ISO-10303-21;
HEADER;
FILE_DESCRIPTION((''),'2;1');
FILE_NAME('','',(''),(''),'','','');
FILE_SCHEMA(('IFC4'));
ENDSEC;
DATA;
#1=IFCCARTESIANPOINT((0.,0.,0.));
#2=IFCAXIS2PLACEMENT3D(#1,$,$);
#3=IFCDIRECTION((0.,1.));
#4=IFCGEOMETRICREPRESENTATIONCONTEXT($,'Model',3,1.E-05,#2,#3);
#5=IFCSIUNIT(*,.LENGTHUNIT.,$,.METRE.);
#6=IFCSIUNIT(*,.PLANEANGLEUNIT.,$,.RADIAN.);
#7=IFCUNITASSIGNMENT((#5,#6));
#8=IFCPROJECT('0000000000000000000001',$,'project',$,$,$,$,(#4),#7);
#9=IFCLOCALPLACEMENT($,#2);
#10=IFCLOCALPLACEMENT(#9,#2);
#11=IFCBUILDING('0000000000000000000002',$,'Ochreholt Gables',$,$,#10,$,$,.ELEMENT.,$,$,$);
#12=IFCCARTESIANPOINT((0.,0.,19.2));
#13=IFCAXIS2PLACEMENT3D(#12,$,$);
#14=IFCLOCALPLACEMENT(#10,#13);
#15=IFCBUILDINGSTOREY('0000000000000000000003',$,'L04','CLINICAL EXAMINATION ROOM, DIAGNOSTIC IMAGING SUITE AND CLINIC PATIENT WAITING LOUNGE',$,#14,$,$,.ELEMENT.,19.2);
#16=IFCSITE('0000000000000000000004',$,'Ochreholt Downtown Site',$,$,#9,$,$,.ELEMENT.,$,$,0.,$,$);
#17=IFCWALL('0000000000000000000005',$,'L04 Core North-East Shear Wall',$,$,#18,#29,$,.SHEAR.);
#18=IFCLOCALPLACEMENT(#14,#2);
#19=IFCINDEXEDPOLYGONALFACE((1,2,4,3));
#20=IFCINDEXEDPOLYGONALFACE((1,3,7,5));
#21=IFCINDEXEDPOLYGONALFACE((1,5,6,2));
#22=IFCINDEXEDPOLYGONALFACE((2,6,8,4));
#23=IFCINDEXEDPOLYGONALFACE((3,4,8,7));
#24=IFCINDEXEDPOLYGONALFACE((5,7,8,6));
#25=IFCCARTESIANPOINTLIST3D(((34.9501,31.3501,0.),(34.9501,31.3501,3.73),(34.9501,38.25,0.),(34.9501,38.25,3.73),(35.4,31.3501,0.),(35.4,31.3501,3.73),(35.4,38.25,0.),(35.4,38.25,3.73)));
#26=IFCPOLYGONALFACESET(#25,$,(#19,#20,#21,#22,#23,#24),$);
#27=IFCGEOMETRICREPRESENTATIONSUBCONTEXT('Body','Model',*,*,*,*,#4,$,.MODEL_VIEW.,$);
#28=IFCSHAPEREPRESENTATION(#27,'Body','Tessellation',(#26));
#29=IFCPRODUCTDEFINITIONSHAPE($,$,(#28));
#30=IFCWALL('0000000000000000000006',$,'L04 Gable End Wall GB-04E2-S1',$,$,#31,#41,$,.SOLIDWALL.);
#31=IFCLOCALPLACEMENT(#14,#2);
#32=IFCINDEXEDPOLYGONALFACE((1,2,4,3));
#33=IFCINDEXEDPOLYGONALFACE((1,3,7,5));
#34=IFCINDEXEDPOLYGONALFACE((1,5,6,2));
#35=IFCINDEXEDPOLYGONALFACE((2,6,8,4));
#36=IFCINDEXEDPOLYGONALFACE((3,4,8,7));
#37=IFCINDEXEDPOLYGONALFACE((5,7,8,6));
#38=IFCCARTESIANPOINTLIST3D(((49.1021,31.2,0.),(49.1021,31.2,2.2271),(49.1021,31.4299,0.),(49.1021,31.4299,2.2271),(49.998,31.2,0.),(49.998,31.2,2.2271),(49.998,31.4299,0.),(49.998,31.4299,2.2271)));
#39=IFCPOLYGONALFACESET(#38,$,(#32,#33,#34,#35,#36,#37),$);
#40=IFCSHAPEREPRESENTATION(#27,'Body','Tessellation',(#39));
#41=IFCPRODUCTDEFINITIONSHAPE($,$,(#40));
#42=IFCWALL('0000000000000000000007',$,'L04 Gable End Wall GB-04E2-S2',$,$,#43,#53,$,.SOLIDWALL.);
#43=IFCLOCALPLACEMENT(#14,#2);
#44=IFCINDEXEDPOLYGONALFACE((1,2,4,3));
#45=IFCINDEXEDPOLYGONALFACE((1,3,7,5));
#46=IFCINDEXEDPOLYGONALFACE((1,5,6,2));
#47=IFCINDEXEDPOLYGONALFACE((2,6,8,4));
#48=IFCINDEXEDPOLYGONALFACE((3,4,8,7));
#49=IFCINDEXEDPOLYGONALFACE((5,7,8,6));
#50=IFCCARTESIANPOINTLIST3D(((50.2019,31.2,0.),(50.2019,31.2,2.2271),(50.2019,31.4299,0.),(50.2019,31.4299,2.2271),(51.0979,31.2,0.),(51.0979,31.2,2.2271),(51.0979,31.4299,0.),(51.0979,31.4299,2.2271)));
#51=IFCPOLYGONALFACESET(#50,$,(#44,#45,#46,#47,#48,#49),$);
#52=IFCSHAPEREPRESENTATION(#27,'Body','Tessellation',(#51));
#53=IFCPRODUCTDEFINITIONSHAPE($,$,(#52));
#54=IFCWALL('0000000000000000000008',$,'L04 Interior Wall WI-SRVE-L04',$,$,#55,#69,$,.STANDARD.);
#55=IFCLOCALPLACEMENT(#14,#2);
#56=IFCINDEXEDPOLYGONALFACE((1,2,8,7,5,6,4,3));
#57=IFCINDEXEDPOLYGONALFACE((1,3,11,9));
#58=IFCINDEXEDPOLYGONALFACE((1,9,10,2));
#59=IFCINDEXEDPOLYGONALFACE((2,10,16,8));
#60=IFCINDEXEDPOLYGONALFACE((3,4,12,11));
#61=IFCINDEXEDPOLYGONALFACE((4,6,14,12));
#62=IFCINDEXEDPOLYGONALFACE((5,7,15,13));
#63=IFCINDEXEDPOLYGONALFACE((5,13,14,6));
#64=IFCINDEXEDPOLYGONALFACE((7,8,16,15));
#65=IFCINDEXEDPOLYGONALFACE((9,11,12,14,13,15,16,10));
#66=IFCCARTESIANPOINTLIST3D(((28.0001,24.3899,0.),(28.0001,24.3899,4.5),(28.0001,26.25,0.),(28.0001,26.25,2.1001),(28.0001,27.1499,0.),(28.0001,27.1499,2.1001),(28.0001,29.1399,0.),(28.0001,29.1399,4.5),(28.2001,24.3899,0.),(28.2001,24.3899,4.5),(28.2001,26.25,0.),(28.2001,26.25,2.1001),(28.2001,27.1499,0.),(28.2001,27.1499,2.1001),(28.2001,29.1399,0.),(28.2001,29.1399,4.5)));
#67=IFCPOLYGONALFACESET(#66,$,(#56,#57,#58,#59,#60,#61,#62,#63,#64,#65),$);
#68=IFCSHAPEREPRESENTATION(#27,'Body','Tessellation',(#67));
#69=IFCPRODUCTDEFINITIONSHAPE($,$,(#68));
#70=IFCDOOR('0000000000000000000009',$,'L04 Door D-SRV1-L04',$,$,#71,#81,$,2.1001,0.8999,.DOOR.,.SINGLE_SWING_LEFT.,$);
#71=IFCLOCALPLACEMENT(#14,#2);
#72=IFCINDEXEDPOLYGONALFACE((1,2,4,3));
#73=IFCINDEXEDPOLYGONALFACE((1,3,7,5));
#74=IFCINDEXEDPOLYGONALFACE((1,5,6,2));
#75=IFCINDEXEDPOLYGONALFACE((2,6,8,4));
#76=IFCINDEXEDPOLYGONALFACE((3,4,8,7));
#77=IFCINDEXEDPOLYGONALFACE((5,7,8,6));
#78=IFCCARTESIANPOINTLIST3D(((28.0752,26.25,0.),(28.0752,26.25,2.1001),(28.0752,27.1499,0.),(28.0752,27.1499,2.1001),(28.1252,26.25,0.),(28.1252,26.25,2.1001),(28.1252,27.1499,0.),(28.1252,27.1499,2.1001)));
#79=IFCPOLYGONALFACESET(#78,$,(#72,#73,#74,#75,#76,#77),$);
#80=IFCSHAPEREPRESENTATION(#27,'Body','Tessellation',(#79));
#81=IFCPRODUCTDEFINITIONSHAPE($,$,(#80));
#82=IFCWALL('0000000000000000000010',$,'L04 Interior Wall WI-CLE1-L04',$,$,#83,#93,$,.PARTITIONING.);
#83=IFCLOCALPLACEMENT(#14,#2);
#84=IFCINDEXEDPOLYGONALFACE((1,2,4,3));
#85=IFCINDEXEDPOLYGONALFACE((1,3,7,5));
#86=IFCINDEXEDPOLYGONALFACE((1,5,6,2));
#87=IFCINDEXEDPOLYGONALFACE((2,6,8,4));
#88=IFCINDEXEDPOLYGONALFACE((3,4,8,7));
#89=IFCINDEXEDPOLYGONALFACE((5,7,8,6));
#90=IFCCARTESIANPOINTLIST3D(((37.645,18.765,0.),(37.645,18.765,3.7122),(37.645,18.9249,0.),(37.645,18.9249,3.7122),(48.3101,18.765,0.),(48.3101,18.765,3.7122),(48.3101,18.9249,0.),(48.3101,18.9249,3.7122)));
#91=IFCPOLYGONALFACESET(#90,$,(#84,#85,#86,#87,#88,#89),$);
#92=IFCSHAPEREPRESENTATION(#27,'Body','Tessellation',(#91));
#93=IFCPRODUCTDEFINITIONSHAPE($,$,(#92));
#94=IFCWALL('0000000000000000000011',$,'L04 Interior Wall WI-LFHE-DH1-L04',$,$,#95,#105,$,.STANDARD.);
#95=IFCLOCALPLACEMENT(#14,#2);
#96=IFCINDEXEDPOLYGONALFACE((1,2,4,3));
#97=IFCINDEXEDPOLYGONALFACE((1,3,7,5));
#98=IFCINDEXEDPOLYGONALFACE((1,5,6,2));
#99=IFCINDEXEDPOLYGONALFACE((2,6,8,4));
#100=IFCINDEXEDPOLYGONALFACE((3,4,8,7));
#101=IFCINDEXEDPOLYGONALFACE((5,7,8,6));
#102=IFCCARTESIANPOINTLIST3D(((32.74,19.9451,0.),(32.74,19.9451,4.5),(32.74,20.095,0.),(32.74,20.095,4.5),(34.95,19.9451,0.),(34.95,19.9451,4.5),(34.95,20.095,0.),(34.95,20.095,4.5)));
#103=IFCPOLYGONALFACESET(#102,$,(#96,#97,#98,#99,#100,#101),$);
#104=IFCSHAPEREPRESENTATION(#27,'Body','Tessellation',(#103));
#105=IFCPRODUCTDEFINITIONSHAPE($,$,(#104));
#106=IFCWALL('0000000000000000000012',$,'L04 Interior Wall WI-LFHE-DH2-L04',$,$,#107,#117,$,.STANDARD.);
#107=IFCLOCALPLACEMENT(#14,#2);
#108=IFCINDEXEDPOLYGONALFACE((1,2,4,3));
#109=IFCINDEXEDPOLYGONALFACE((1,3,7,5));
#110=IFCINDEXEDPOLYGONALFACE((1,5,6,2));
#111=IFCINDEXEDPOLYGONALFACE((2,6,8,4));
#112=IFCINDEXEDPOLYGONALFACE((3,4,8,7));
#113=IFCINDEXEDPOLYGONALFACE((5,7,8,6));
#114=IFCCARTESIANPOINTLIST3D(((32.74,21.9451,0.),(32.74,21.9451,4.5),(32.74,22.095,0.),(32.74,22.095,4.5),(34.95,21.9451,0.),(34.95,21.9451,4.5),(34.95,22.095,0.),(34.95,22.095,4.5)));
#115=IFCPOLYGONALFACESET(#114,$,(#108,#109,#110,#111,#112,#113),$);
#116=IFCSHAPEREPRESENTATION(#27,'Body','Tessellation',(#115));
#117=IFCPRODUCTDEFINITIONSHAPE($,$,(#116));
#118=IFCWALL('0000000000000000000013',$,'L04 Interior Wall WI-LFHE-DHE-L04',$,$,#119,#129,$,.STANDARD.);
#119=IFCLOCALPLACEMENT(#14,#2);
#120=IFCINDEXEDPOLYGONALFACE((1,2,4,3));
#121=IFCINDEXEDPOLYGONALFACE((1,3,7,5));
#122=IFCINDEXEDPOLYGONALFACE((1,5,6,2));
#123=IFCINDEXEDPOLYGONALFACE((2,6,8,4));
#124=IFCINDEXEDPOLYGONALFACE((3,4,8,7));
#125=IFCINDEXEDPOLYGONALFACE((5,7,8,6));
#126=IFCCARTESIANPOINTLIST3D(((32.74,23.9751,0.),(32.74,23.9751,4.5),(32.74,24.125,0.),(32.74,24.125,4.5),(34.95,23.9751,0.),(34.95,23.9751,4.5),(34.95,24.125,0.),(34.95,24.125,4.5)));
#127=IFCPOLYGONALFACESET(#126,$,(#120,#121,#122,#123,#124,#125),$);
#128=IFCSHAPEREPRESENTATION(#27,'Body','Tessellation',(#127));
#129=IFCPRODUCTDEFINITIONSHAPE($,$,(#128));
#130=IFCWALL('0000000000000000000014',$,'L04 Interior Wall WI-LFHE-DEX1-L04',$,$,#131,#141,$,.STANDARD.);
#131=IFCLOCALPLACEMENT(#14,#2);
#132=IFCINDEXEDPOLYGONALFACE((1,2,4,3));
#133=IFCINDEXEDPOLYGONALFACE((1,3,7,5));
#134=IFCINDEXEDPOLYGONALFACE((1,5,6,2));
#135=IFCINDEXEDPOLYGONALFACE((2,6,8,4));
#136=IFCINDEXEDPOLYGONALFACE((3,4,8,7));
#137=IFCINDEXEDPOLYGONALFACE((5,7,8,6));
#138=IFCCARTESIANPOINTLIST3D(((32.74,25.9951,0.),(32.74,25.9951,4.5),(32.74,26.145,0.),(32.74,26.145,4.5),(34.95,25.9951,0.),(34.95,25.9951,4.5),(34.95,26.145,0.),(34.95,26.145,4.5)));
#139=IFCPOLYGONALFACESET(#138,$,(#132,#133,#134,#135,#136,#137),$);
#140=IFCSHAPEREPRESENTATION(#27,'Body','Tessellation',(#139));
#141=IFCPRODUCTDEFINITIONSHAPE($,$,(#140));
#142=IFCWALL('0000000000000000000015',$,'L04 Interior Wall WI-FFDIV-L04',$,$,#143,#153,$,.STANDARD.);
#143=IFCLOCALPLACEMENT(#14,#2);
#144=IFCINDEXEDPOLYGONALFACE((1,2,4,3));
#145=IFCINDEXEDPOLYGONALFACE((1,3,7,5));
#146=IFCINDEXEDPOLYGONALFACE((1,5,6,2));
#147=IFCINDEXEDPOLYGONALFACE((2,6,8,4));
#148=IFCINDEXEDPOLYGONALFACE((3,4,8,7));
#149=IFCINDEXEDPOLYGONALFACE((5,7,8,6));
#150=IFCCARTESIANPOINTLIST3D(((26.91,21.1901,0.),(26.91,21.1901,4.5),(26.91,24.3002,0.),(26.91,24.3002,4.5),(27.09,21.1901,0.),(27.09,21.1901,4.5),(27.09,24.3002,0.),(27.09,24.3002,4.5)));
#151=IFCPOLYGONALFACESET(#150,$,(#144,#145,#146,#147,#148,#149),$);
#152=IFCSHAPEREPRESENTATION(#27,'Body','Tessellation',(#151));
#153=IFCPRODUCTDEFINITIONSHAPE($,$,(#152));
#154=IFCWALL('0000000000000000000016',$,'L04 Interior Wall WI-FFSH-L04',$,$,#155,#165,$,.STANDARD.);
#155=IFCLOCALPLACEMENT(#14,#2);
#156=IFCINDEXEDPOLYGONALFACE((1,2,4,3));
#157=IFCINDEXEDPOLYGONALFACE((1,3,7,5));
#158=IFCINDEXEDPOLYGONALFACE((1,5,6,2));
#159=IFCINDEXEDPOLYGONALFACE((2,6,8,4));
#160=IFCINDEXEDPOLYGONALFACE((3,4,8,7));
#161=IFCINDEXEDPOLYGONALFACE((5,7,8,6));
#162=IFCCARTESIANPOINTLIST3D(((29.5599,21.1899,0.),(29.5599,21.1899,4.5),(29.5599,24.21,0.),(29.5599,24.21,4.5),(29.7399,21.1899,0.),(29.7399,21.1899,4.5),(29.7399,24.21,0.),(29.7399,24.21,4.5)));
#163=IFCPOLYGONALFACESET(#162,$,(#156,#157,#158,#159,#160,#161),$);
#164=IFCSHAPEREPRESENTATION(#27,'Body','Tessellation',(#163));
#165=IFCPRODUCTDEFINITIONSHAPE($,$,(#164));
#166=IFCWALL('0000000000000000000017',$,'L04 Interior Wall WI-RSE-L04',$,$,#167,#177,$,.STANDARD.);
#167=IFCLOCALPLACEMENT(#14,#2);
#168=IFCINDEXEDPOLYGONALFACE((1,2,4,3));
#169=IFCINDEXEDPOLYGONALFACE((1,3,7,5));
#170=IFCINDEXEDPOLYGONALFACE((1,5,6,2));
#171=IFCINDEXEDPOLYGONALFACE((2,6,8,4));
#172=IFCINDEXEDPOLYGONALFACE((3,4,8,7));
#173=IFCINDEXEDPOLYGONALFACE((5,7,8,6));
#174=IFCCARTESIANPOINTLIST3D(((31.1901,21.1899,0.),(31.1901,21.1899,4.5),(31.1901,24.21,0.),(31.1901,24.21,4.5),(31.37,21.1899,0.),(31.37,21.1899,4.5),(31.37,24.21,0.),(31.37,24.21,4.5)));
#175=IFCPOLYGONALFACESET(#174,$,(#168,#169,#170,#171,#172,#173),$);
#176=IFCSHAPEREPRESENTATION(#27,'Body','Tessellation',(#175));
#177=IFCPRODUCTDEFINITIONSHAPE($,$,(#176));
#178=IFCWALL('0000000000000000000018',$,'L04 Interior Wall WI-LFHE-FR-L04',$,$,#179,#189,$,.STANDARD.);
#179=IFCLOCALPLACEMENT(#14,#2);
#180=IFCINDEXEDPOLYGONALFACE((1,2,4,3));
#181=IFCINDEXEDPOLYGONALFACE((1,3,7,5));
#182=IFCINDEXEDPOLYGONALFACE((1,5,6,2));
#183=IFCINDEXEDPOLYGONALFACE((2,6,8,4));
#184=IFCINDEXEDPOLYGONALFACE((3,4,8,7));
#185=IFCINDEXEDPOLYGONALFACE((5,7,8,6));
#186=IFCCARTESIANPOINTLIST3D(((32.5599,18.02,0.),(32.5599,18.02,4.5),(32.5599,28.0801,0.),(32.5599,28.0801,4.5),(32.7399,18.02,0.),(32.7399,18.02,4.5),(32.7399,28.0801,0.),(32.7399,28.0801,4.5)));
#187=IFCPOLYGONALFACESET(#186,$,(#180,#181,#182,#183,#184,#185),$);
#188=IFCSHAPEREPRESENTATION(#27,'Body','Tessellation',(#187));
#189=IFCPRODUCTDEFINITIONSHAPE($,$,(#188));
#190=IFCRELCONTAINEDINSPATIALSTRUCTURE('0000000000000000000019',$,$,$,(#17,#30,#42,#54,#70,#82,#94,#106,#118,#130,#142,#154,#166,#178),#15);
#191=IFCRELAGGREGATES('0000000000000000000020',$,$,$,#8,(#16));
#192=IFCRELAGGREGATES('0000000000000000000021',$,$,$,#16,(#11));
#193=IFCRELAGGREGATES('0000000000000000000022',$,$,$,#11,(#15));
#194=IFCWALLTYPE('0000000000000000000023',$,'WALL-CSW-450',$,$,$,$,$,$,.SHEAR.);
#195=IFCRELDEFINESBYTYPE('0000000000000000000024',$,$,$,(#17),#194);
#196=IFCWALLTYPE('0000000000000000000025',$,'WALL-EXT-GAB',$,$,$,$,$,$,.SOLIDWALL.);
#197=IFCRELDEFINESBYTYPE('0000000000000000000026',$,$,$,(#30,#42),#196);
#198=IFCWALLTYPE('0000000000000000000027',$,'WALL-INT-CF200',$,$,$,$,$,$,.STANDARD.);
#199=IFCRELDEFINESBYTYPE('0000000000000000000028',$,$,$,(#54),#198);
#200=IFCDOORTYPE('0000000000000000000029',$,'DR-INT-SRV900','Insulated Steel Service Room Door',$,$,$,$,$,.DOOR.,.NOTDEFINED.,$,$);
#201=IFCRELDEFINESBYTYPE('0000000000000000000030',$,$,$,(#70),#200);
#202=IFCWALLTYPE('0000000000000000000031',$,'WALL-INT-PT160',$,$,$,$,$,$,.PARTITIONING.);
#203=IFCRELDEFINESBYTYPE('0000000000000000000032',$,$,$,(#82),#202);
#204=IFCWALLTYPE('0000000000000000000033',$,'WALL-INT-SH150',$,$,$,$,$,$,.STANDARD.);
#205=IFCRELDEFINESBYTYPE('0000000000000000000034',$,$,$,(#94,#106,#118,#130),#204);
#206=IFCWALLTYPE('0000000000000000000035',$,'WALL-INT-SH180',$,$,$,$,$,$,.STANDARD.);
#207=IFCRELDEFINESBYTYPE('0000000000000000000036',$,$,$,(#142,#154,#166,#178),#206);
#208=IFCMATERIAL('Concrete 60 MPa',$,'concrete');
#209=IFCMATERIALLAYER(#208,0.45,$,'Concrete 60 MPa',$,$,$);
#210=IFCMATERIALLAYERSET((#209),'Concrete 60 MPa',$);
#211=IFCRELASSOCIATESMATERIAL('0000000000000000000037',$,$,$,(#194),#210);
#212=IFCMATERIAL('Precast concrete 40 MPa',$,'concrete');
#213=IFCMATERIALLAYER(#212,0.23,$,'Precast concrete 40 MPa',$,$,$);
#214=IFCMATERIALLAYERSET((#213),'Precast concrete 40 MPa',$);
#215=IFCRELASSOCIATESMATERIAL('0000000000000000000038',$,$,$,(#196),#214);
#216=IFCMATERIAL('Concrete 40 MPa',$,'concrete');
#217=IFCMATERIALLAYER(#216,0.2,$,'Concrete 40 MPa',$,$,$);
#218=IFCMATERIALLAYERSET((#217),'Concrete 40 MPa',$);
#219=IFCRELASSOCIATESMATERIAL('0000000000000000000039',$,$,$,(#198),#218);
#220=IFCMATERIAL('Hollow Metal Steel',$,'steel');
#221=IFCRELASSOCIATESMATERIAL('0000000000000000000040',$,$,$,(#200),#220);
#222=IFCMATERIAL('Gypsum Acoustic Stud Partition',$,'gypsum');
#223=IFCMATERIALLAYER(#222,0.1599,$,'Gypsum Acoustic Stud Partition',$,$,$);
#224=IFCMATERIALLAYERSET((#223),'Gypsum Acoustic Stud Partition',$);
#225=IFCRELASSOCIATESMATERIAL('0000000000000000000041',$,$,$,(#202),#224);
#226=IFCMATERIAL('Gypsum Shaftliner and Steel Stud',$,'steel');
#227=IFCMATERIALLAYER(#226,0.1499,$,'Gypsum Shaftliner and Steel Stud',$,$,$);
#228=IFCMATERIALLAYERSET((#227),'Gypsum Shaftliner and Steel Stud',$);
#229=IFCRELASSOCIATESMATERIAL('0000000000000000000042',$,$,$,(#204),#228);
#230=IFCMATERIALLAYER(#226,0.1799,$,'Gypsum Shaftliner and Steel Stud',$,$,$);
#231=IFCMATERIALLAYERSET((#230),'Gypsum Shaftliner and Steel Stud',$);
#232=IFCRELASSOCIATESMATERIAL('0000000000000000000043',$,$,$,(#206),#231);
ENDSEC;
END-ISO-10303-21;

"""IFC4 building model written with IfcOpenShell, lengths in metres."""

from ifc_helpers import new_model, si_unit, direction, frame, frame_2d, origin, place, context, subcontext, project, spatial, rectangle, extrude, material, layer, layer_set, type_object, element, fill, save


model = new_model("IFC4")

# Units and contexts
model_context = context("Model", 3, precision=1e-05, world=origin(), true_north=direction((0.0, 1.0)))
body_context = subcontext(model_context, "Body", "Model", "MODEL_VIEW")
ifc_project = project(units=[si_unit("LENGTHUNIT", "METRE"), si_unit("PLANEANGLEUNIT", "RADIAN")], contexts=[model_context])

# Site, building, storey
site_placement = place(None, origin())
site = spatial("IfcSite", under=ifc_project, at=site_placement, Name="Ochreholt Downtown Site", CompositionType="ELEMENT", RefElevation=0.0)
building_placement = place(site_placement, origin())
building = spatial("IfcBuilding", under=site, at=building_placement, Name="Ochreholt Gables", CompositionType="ELEMENT")
storey_placement = place(building_placement, frame((0.0, 0.0, 19.2)))
storey = spatial("IfcBuildingStorey", under=building, at=storey_placement, Name="L04", Description="CLINICAL EXAMINATION ROOM, DIAGNOSTIC IMAGING SUITE AND CLINIC PATIENT WAITING LOUNGE", CompositionType="ELEMENT", Elevation=19.2)

# Shared definitions
ifc_material_1 = material(Name="Concrete 60 MPa", Category="concrete")

# Shared definitions
ifc_material_2 = material(Name="Precast concrete 40 MPa", Category="concrete")

# Walls
ifc_layer_1 = layer(ifc_material_1, 0.45, Name="Concrete 60 MPa")
ifc_layer_set_1 = layer_set([ifc_layer_1], Name="Concrete 60 MPa")
wall_type_1 = type_object("IfcWallType", Name="WALL-CSW-450", PredefinedType="SHEAR", material=ifc_layer_set_1)
wall_1_placement = place(storey_placement, frame((35.175, 31.3501, 0.0), z_axis=(0.0, 0.0, 1.0), x_axis=(0.0, 1.0, 0.0)))
element("IfcWall", 1, at=wall_1_placement, inside=storey, type_object=wall_type_1, Name="L04 Core North-East Shear Wall", PredefinedType="SHEAR", context=body_context, shape_type="SweptSolid", body=[
    extrude(rectangle(XDim=6.8999, YDim=0.45, at=frame_2d((3.45, 0.0))), origin(), (0.0, 0.0, 1.0), 3.73),
])
ifc_layer_2 = layer(ifc_material_2, 0.23, Name="Precast concrete 40 MPa")
ifc_layer_set_2 = layer_set([ifc_layer_2], Name="Precast concrete 40 MPa")
wall_type_2 = type_object("IfcWallType", Name="WALL-EXT-GAB", PredefinedType="SOLIDWALL", material=ifc_layer_set_2)
for number, where, z_axis, x_axis, name in (
    (2, (49.1021, 31.3149, 0.0), (0.0, 0.0, 1.0), (1.0, 0.0, 0.0), "L04 Gable End Wall GB-04E2-S1"),
    (3, (50.2019, 31.3149, 0.0), (0.0, 0.0, 1.0), (1.0, 0.0, 0.0), "L04 Gable End Wall GB-04E2-S2"),
):
    element("IfcWall", number, at=place(storey_placement, frame(where, z_axis=z_axis, x_axis=x_axis)), inside=storey, type_object=wall_type_2, Name=name, PredefinedType="SOLIDWALL", context=body_context, shape_type="SweptSolid", body=[
        extrude(rectangle(XDim=0.896, YDim=0.23, at=frame_2d((0.448, 0.0))), origin(), (0.0, 0.0, 1.0), 2.2271),
    ])

# Wall, opening, door
ifc_material_3 = material(Name="Concrete 40 MPa", Category="concrete")
ifc_layer_3 = layer(ifc_material_3, 0.2, Name="Concrete 40 MPa")
ifc_layer_set_3 = layer_set([ifc_layer_3], Name="Concrete 40 MPa")
wall_type_3 = type_object("IfcWallType", Name="WALL-INT-CF200", PredefinedType="STANDARD", material=ifc_layer_set_3)
wall_2_placement = place(storey_placement, frame((28.1001, 24.3899, 0.0), z_axis=(0.0, 0.0, 1.0), x_axis=(0.0, 1.0, 0.0)))
wall_2 = element("IfcWall", 4, at=wall_2_placement, inside=storey, type_object=wall_type_3, Name="L04 Interior Wall WI-SRVE-L04", PredefinedType="STANDARD", context=body_context, shape_type="SweptSolid", body=[
    extrude(rectangle(XDim=4.75, YDim=0.2, at=frame_2d((2.375, 0.0))), origin(), (0.0, 0.0, 1.0), 4.5),
])
opening_placement = place(wall_2_placement, frame((1.8601, 0.0, 0.0)))
opening = element("IfcOpeningElement", 5, at=opening_placement, cuts=wall_2, PredefinedType="OPENING", context=body_context, shape_type="SweptSolid", body=[
    extrude(rectangle(XDim=0.8999, YDim=2.1001, at=frame_2d((0.45, 1.05))), frame((0.0, 0.1099, 0.0), z_axis=(0.0, -1.0, 0.0), x_axis=(1.0, 0.0, 0.0)), (0.0, 0.0, 1.0), 0.22),
])
ifc_material_4 = material(Name="Hollow Metal Steel", Category="steel")
door_type = type_object("IfcDoorType", Name="DR-INT-SRV900", Description="Insulated Steel Service Room Door", OperationType="NOTDEFINED", PredefinedType="DOOR", material=ifc_material_4)
door_placement = place(opening_placement, origin())
door = element("IfcDoor", 6, at=door_placement, inside=storey, type_object=door_type, Name="L04 Door D-SRV1-L04", OperationType="SINGLE_SWING_LEFT", OverallHeight=2.1001, OverallWidth=0.8999, PredefinedType="DOOR", context=body_context, shape_type="SweptSolid", body=[
    extrude(rectangle(XDim=0.8999, YDim=2.1001, at=frame_2d((0.45, 1.05))), frame((0.0, 0.0249, 0.0), z_axis=(0.0, -1.0, 0.0), x_axis=(1.0, 0.0, 0.0)), (0.0, 0.0, 1.0), 0.05),
])
fill(opening, door)

# Walls
ifc_material_5 = material(Name="Gypsum Acoustic Stud Partition", Category="gypsum")
ifc_layer_4 = layer(ifc_material_5, 0.1599, Name="Gypsum Acoustic Stud Partition")
ifc_layer_set_4 = layer_set([ifc_layer_4], Name="Gypsum Acoustic Stud Partition")
wall_type_4 = type_object("IfcWallType", Name="WALL-INT-PT160", PredefinedType="PARTITIONING", material=ifc_layer_set_4)
wall_3_placement = place(storey_placement, frame((37.645, 18.845, 0.0), z_axis=(0.0, 0.0, 1.0), x_axis=(1.0, 0.0, 0.0)))
element("IfcWall", 7, at=wall_3_placement, inside=storey, type_object=wall_type_4, Name="L04 Interior Wall WI-CLE1-L04", PredefinedType="PARTITIONING", context=body_context, shape_type="SweptSolid", body=[
    extrude(rectangle(XDim=10.665, YDim=0.1599, at=frame_2d((5.3325, 0.0))), origin(), (0.0, 0.0, 1.0), 3.7122),
])
ifc_material_6 = material(Name="Gypsum Shaftliner and Steel Stud", Category="steel")
ifc_layer_5 = layer(ifc_material_6, 0.1499, Name="Gypsum Shaftliner and Steel Stud")
ifc_layer_set_5 = layer_set([ifc_layer_5], Name="Gypsum Shaftliner and Steel Stud")
wall_type_5 = type_object("IfcWallType", Name="WALL-INT-SH150", PredefinedType="STANDARD", material=ifc_layer_set_5)
for number, where, z_axis, x_axis, name in (
    (8, (32.74, 20.02, 0.0), (0.0, 0.0, 1.0), (1.0, 0.0, 0.0), "L04 Interior Wall WI-LFHE-DH1-L04"),
    (9, (32.74, 22.02, 0.0), (0.0, 0.0, 1.0), (1.0, 0.0, 0.0), "L04 Interior Wall WI-LFHE-DH2-L04"),
    (10, (32.74, 24.05, 0.0), (0.0, 0.0, 1.0), (1.0, 0.0, 0.0), "L04 Interior Wall WI-LFHE-DHE-L04"),
    (11, (32.74, 26.0701, 0.0), (0.0, 0.0, 1.0), (1.0, 0.0, 0.0), "L04 Interior Wall WI-LFHE-DEX1-L04"),
):
    element("IfcWall", number, at=place(storey_placement, frame(where, z_axis=z_axis, x_axis=x_axis)), inside=storey, type_object=wall_type_5, Name=name, PredefinedType="STANDARD", context=body_context, shape_type="SweptSolid", body=[
        extrude(rectangle(XDim=2.21, YDim=0.1499, at=frame_2d((1.105, 0.0))), origin(), (0.0, 0.0, 1.0), 4.5),
    ])
ifc_layer_6 = layer(ifc_material_6, 0.1799, Name="Gypsum Shaftliner and Steel Stud")
ifc_layer_set_6 = layer_set([ifc_layer_6], Name="Gypsum Shaftliner and Steel Stud")
wall_type_6 = type_object("IfcWallType", Name="WALL-INT-SH180", PredefinedType="STANDARD", material=ifc_layer_set_6)
wall_4_placement = place(storey_placement, frame((27.0, 21.1899, 0.0), z_axis=(0.0, 0.0, 1.0), x_axis=(0.0, 1.0, 0.0)))
element("IfcWall", 12, at=wall_4_placement, inside=storey, type_object=wall_type_6, Name="L04 Interior Wall WI-FFDIV-L04", PredefinedType="STANDARD", context=body_context, shape_type="SweptSolid", body=[
    extrude(rectangle(XDim=3.1101, YDim=0.1799, at=frame_2d((1.5552, 0.0))), origin(), (0.0, 0.0, 1.0), 4.5),
])
for number, where, z_axis, x_axis, name in (
    (13, (29.6499, 21.1899, 0.0), (0.0, 0.0, 1.0), (0.0, 1.0, 0.0), "L04 Interior Wall WI-FFSH-L04"),
    (14, (31.28, 21.1899, 0.0), (0.0, 0.0, 1.0), (0.0, 1.0, 0.0), "L04 Interior Wall WI-RSE-L04"),
):
    element("IfcWall", number, at=place(storey_placement, frame(where, z_axis=z_axis, x_axis=x_axis)), inside=storey, type_object=wall_type_6, Name=name, PredefinedType="STANDARD", context=body_context, shape_type="SweptSolid", body=[
        extrude(rectangle(XDim=3.02, YDim=0.1799, at=frame_2d((1.51, 0.0))), origin(), (0.0, 0.0, 1.0), 4.5),
    ])
wall_5_placement = place(storey_placement, frame((32.6499, 18.02, 0.0), z_axis=(0.0, 0.0, 1.0), x_axis=(0.0, 1.0, 0.0)))
element("IfcWall", 15, at=wall_5_placement, inside=storey, type_object=wall_type_6, Name="L04 Interior Wall WI-LFHE-FR-L04", PredefinedType="STANDARD", context=body_context, shape_type="SweptSolid", body=[
    extrude(rectangle(XDim=10.0601, YDim=0.1799, at=frame_2d((5.03, 0.0))), origin(), (0.0, 0.0, 1.0), 4.5),
])

save(model, "model.ifc")
